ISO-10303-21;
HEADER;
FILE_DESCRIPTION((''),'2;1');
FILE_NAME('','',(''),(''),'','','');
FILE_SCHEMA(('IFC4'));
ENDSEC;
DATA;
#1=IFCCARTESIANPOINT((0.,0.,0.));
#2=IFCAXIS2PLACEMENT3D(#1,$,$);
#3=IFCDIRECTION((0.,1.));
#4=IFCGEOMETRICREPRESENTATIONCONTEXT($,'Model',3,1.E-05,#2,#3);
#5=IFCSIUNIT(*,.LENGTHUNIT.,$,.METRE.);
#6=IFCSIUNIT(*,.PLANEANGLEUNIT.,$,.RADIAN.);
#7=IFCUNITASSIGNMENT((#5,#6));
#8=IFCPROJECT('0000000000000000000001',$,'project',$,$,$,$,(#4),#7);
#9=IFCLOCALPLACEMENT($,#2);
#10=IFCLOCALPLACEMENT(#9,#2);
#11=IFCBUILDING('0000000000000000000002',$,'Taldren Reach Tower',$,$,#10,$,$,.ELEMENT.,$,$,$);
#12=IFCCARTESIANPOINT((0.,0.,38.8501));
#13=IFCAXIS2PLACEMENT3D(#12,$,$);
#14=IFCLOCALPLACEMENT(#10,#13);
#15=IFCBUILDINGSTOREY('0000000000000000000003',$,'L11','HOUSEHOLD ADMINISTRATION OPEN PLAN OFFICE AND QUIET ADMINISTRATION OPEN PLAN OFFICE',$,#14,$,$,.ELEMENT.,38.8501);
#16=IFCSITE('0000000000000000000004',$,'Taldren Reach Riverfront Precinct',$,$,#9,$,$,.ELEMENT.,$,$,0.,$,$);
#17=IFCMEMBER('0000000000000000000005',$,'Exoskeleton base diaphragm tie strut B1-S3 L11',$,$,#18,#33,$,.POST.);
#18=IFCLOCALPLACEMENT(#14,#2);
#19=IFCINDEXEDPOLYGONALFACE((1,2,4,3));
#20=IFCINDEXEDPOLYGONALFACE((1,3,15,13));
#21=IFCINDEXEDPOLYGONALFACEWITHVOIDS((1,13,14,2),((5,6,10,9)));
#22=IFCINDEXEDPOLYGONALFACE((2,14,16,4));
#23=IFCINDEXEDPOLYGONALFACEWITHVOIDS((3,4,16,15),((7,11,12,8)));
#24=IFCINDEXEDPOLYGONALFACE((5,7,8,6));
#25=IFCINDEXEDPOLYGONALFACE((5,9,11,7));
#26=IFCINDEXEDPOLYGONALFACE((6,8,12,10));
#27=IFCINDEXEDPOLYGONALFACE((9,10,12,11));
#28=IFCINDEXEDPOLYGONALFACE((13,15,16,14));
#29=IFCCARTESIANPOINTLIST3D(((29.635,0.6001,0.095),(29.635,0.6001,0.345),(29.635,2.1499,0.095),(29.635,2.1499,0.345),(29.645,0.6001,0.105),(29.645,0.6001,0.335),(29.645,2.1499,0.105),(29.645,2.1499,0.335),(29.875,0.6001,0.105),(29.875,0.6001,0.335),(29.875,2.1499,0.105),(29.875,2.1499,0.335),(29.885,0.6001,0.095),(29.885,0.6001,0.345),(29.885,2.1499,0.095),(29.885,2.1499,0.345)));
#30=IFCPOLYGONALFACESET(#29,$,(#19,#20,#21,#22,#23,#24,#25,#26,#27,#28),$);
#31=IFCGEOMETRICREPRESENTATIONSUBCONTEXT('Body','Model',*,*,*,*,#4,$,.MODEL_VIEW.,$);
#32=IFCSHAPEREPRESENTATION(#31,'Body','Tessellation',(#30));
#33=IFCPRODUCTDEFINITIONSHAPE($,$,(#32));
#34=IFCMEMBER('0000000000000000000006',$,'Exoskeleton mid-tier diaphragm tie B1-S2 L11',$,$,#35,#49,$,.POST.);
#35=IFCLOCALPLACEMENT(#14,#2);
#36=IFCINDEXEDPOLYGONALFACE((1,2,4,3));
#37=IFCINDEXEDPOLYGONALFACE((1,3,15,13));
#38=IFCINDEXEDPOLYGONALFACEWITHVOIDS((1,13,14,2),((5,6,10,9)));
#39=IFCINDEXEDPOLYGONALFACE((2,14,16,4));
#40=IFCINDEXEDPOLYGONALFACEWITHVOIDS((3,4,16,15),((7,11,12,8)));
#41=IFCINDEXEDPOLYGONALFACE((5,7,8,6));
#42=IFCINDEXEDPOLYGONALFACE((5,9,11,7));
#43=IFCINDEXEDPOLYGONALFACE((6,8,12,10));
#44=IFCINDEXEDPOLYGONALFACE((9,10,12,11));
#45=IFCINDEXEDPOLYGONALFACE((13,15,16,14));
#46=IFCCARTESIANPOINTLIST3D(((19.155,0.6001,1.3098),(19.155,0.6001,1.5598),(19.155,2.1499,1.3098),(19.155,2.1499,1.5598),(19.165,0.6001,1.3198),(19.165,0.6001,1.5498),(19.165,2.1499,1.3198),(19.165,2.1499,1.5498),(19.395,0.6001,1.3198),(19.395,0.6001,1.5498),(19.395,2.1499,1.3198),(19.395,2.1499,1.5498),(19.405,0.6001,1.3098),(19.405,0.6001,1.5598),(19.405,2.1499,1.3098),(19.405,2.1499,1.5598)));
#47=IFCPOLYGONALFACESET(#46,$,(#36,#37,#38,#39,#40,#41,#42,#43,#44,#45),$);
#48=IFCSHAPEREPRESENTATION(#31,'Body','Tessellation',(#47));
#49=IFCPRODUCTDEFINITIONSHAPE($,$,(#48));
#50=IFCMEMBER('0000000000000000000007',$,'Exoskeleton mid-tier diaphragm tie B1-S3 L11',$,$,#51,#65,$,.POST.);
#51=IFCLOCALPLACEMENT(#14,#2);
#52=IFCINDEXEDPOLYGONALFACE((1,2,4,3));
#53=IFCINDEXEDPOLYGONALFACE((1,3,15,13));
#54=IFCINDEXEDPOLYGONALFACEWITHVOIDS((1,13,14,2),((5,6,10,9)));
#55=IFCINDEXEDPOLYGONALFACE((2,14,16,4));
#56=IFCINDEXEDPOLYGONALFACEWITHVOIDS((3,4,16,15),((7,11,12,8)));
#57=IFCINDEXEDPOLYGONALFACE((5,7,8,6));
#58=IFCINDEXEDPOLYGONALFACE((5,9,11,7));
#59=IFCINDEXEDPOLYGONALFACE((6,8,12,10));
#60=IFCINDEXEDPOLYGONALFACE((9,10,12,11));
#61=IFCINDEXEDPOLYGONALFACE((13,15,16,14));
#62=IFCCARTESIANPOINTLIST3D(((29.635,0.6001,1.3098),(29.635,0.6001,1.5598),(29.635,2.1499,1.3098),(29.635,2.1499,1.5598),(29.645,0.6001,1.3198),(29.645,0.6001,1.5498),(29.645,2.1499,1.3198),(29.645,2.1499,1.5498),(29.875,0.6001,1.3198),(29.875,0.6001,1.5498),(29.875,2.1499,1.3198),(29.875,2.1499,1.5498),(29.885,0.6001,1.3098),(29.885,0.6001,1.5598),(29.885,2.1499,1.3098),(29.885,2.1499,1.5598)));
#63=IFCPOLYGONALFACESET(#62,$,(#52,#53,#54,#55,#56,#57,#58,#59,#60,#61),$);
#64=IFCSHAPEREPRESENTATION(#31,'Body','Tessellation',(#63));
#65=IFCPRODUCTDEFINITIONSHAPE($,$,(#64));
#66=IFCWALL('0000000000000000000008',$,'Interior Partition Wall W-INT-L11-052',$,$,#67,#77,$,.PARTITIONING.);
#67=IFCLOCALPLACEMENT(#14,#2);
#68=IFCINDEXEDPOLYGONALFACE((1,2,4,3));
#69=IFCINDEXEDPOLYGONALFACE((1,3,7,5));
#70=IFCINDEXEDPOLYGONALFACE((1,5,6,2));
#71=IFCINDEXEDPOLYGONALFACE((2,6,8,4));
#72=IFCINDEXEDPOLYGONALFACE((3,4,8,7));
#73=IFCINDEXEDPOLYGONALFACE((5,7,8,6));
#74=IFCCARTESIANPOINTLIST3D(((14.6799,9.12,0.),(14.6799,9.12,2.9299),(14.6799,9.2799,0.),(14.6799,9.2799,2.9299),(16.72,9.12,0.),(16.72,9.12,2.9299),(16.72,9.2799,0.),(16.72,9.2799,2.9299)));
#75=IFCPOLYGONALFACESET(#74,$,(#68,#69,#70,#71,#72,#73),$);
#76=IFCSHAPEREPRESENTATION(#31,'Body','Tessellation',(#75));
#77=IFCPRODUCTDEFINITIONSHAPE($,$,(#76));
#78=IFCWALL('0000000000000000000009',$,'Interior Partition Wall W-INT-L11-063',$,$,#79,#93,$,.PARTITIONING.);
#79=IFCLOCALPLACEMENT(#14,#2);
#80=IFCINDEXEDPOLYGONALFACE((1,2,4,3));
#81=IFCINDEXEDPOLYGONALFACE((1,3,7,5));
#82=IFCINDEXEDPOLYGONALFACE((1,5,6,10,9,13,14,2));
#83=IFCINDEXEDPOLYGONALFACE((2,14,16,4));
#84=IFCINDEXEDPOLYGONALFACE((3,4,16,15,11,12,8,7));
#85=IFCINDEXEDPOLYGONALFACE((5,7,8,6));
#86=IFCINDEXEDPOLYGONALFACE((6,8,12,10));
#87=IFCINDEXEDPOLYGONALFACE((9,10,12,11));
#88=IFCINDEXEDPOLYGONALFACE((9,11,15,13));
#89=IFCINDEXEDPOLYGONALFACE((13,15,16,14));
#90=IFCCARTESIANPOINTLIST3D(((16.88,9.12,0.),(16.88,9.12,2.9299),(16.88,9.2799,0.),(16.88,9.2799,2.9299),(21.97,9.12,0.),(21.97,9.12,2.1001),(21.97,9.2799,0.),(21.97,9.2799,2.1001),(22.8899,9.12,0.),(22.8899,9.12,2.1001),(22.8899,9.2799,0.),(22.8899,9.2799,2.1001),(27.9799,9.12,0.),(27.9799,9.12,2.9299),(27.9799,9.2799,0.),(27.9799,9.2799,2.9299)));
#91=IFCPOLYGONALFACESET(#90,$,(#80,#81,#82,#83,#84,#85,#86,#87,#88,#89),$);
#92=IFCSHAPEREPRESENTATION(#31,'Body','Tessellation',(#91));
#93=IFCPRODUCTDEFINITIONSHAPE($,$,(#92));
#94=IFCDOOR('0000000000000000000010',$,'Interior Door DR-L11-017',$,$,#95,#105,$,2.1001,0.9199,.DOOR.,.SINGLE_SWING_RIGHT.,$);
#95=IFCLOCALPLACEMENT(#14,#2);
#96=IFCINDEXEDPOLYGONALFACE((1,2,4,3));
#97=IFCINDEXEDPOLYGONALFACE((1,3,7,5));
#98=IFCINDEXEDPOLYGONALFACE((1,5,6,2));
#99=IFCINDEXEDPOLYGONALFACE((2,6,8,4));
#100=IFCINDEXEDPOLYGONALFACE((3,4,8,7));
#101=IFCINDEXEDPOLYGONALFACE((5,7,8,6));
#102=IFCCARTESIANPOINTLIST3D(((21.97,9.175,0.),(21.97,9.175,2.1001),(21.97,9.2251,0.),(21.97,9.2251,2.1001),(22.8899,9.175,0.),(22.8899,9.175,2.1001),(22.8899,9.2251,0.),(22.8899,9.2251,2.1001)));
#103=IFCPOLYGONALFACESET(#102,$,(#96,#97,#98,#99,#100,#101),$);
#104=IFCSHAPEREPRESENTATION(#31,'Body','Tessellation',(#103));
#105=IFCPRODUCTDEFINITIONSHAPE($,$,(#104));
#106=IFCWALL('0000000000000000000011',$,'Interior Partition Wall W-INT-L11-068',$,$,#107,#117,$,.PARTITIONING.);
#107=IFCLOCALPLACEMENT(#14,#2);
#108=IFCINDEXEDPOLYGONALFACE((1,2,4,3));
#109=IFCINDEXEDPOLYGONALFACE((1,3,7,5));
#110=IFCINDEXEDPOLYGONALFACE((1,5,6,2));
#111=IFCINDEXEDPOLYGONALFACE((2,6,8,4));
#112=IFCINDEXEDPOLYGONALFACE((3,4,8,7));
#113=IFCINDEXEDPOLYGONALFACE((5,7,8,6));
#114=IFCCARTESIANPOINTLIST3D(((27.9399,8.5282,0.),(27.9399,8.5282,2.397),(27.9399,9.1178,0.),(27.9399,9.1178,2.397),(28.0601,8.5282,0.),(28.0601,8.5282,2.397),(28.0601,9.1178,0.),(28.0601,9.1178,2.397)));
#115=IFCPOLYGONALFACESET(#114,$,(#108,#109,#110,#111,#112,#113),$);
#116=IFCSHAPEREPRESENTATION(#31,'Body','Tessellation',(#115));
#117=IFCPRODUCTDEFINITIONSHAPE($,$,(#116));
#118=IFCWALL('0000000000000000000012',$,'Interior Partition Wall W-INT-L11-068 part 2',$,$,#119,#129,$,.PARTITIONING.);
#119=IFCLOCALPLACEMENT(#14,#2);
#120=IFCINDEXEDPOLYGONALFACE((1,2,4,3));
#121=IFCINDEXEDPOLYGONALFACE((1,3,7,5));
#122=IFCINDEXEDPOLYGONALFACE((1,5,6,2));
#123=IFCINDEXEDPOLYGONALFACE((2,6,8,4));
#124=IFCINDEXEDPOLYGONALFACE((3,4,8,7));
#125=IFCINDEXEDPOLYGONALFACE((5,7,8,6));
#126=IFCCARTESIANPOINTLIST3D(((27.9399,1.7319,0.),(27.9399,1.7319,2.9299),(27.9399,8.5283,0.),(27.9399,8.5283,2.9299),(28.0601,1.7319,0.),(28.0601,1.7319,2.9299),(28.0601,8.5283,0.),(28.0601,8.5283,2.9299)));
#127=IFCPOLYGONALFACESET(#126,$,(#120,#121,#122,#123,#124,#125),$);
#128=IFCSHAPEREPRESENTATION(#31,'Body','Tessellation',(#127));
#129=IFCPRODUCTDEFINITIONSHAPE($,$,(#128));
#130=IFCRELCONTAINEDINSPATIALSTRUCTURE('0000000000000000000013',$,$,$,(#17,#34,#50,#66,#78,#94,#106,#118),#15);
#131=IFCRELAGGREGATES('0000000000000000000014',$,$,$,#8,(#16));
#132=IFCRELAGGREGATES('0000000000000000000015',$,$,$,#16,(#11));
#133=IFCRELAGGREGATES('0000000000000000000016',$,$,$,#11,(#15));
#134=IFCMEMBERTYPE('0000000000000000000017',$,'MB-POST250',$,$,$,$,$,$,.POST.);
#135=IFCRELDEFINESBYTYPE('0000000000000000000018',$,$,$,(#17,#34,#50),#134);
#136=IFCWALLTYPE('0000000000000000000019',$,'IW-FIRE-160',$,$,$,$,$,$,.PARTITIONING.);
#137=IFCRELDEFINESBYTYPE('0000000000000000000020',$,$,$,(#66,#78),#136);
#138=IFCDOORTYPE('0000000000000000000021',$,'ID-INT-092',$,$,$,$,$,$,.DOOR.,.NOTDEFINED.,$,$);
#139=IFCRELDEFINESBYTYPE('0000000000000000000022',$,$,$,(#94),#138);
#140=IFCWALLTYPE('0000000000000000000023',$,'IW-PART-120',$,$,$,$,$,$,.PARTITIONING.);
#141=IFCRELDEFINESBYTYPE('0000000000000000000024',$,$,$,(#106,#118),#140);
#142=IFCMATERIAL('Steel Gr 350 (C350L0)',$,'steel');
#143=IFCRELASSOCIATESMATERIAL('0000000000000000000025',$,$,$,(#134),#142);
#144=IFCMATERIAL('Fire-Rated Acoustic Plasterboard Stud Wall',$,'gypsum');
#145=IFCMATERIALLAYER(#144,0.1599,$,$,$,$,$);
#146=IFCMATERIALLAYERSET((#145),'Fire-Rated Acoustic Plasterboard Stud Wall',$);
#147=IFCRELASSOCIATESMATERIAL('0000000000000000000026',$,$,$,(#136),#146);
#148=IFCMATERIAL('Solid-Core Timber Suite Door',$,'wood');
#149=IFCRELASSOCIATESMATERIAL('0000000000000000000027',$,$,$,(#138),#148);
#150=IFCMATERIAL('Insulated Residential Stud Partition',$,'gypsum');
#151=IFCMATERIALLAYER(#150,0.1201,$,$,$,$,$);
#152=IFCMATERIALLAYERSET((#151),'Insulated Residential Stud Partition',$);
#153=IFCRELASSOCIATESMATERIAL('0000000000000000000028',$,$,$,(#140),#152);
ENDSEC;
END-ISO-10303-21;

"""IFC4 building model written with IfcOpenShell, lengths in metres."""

from ifc_helpers import new_model, si_unit, direction, frame, frame_2d, origin, origin_2d, place, context, subcontext, project, spatial, rectangle, hollow_rectangle, extrude, source, transform, mapped, material, layer, layer_set, material_profile, profile_set, type_object, element, fill, save


model = new_model("IFC4")

# Units and contexts
model_context = context("Model", 3, precision=1e-05, world=origin(), true_north=direction((0.0, 1.0)))
body_context = subcontext(model_context, "Body", "Model", "MODEL_VIEW")
ifc_project = project(units=[si_unit("LENGTHUNIT", "METRE"), si_unit("PLANEANGLEUNIT", "RADIAN")], contexts=[model_context])

# Site, building, storey
site_placement = place(None, origin())
site = spatial("IfcSite", under=ifc_project, at=site_placement, Name="Taldren Reach Riverfront Precinct", CompositionType="ELEMENT", RefElevation=0.0)
building_placement = place(site_placement, origin())
building = spatial("IfcBuilding", under=site, at=building_placement, Name="Taldren Reach Tower", CompositionType="ELEMENT")
storey_placement = place(building_placement, frame((0.0, 0.0, 38.8501)))
storey = spatial("IfcBuildingStorey", under=building, at=storey_placement, Name="L11", Description="HOUSEHOLD ADMINISTRATION OPEN PLAN OFFICE AND QUIET ADMINISTRATION OPEN PLAN OFFICE", CompositionType="ELEMENT", Elevation=38.8501)

# Members
ifc_material_1 = material(Name="Steel Gr 350 (C350L0)", Category="steel")
ifc_material_profile_1 = material_profile(ifc_material_1, hollow_rectangle(XDim=0.25, YDim=0.25, WallThickness=0.01, at=origin_2d()), Name="250x250x10.0SHS")
ifc_profile_set_1 = profile_set([ifc_material_profile_1], Name="Steel Gr 350 (C350L0)")
member_type_1 = type_object("IfcMemberType", Name="MB-POST250", PredefinedType="POST", material=ifc_profile_set_1)
shared_shape_1 = source(origin(), body_context, "Body", "SweptSolid", [
    extrude(hollow_rectangle(XDim=0.25, YDim=0.25, WallThickness=0.01, at=origin_2d()), origin(), (0.0, 0.0, 1.0), 1.5498),
])
for number, where, z_axis, x_axis, name in (
    (1, (29.76, 2.1499, 0.22), (0.0, -1.0, 0.0), (1.0, 0.0, 0.0), "Exoskeleton base diaphragm tie strut B1-S3 L11"),
    (2, (19.28, 2.1499, 1.4348), (0.0, -1.0, 0.0), (1.0, 0.0, 0.0), "Exoskeleton mid-tier diaphragm tie B1-S2 L11"),
    (3, (29.76, 2.1499, 1.4348), (0.0, -1.0, 0.0), (1.0, 0.0, 0.0), "Exoskeleton mid-tier diaphragm tie B1-S3 L11"),
):
    element("IfcMember", number, at=place(storey_placement, frame(where, z_axis=z_axis, x_axis=x_axis)), inside=storey, type_object=member_type_1, Name=name, PredefinedType="POST", context=body_context, shape_type="MappedRepresentation", body=[
        mapped(shared_shape_1, transform((0.0, 0.0, 0.0), scale=1.0)),
    ])

# Wall
ifc_material_2 = material(Name="Fire-Rated Acoustic Plasterboard Stud Wall", Category="gypsum")
ifc_layer_1 = layer(ifc_material_2, 0.1599)
ifc_layer_set_1 = layer_set([ifc_layer_1], Name="Fire-Rated Acoustic Plasterboard Stud Wall")
wall_type_1 = type_object("IfcWallType", Name="IW-FIRE-160", PredefinedType="PARTITIONING", material=ifc_layer_set_1)
shared_shape_2 = source(origin(), body_context, "Body", "SweptSolid", [
    extrude(rectangle(XDim=2.04, YDim=0.1599, at=frame_2d((1.02, 0.0))), origin(), (0.0, 0.0, 1.0), 2.9299),
])
wall_1_placement = place(storey_placement, frame((16.72, 9.2, 0.0), z_axis=(0.0, 0.0, 1.0), x_axis=(-1.0, 0.0, 0.0)))
element("IfcWall", 4, at=wall_1_placement, inside=storey, type_object=wall_type_1, Name="Interior Partition Wall W-INT-L11-052", PredefinedType="PARTITIONING", context=body_context, shape_type="MappedRepresentation", body=[
    mapped(shared_shape_2, transform((0.0, 0.0, 0.0), scale=1.0)),
])

# Wall, opening, door
shared_shape_3 = source(origin(), body_context, "Body", "SweptSolid", [
    extrude(rectangle(XDim=11.0999, YDim=0.1599, at=frame_2d((5.5498, 0.0))), origin(), (0.0, 0.0, 1.0), 2.9299),
])
wall_2_placement = place(storey_placement, frame((27.9797, 9.2, 0.0), z_axis=(0.0, 0.0, 1.0), x_axis=(-1.0, 0.0, 0.0)))
wall_2 = element("IfcWall", 5, at=wall_2_placement, inside=storey, type_object=wall_type_1, Name="Interior Partition Wall W-INT-L11-063", PredefinedType="PARTITIONING", context=body_context, shape_type="MappedRepresentation", body=[
    mapped(shared_shape_3, transform((0.0, 0.0, 0.0), scale=1.0)),
])
shared_shape_4 = source(origin(), body_context, "Body", "SweptSolid", [
    extrude(rectangle(XDim=0.9199, YDim=2.1001, at=frame_2d((0.46, 1.05))), frame((0.0, 0.0898, 0.0), z_axis=(0.0, -1.0, 0.0), x_axis=(1.0, 0.0, 0.0)), (0.0, 0.0, 1.0), 0.1799),
])
opening_placement = place(wall_2_placement, frame((5.0898, 0.0, 0.0)))
opening = element("IfcOpeningElement", 6, at=opening_placement, cuts=wall_2, PredefinedType="OPENING", context=body_context, shape_type="MappedRepresentation", body=[
    mapped(shared_shape_4, transform((0.0, 0.0, 0.0), scale=1.0)),
])
ifc_material_3 = material(Name="Solid-Core Timber Suite Door", Category="wood")
door_type = type_object("IfcDoorType", Name="ID-INT-092", OperationType="NOTDEFINED", PredefinedType="DOOR", material=ifc_material_3)
shared_shape_5 = source(origin(), body_context, "Body", "SweptSolid", [
    extrude(rectangle(XDim=0.9199, YDim=2.1001, at=frame_2d((0.46, 1.05))), frame((0.0, 0.0249, 0.0), z_axis=(0.0, -1.0, 0.0), x_axis=(1.0, 0.0, 0.0)), (0.0, 0.0, 1.0), 0.05),
])
door_placement = place(opening_placement, origin())
door = element("IfcDoor", 7, at=door_placement, inside=storey, type_object=door_type, Name="Interior Door DR-L11-017", OperationType="SINGLE_SWING_RIGHT", OverallHeight=2.1001, OverallWidth=0.9199, PredefinedType="DOOR", context=body_context, shape_type="MappedRepresentation", body=[
    mapped(shared_shape_5, transform((0.0, 0.0, 0.0), scale=1.0)),
])
fill(opening, door)

# Walls
ifc_material_4 = material(Name="Insulated Residential Stud Partition", Category="gypsum")
ifc_layer_2 = layer(ifc_material_4, 0.1201)
ifc_layer_set_2 = layer_set([ifc_layer_2], Name="Insulated Residential Stud Partition")
wall_type_2 = type_object("IfcWallType", Name="IW-PART-120", PredefinedType="PARTITIONING", material=ifc_layer_set_2)
shared_shape_6 = source(origin(), body_context, "Body", "SweptSolid", [
    extrude(rectangle(XDim=0.5896, YDim=0.1201, at=frame_2d((0.2949, 0.0))), origin(), (0.0, 0.0, 1.0), 2.397),
])
wall_3_placement = place(storey_placement, frame((28.0, 9.1179, 0.0), z_axis=(0.0, 0.0, 1.0), x_axis=(0.0, -1.0, 0.0)))
element("IfcWall", 8, at=wall_3_placement, inside=storey, type_object=wall_type_2, Name="Interior Partition Wall W-INT-L11-068", PredefinedType="PARTITIONING", context=body_context, shape_type="MappedRepresentation", body=[
    mapped(shared_shape_6, transform((0.0, 0.0, 0.0), scale=1.0)),
])
shared_shape_7 = source(origin(), body_context, "Body", "SweptSolid", [
    extrude(rectangle(XDim=6.7964, YDim=0.1201, at=frame_2d((3.3982, 0.0))), origin(), (0.0, 0.0, 1.0), 2.9299),
])
wall_4_placement = place(storey_placement, frame((28.0, 8.5283, 0.0), z_axis=(0.0, 0.0, 1.0), x_axis=(0.0, -1.0, 0.0)))
element("IfcWall", 9, at=wall_4_placement, inside=storey, type_object=wall_type_2, Name="Interior Partition Wall W-INT-L11-068 part 2", PredefinedType="PARTITIONING", context=body_context, shape_type="MappedRepresentation", body=[
    mapped(shared_shape_7, transform((0.0, 0.0, 0.0), scale=1.0)),
])

save(model, "model.ifc")
